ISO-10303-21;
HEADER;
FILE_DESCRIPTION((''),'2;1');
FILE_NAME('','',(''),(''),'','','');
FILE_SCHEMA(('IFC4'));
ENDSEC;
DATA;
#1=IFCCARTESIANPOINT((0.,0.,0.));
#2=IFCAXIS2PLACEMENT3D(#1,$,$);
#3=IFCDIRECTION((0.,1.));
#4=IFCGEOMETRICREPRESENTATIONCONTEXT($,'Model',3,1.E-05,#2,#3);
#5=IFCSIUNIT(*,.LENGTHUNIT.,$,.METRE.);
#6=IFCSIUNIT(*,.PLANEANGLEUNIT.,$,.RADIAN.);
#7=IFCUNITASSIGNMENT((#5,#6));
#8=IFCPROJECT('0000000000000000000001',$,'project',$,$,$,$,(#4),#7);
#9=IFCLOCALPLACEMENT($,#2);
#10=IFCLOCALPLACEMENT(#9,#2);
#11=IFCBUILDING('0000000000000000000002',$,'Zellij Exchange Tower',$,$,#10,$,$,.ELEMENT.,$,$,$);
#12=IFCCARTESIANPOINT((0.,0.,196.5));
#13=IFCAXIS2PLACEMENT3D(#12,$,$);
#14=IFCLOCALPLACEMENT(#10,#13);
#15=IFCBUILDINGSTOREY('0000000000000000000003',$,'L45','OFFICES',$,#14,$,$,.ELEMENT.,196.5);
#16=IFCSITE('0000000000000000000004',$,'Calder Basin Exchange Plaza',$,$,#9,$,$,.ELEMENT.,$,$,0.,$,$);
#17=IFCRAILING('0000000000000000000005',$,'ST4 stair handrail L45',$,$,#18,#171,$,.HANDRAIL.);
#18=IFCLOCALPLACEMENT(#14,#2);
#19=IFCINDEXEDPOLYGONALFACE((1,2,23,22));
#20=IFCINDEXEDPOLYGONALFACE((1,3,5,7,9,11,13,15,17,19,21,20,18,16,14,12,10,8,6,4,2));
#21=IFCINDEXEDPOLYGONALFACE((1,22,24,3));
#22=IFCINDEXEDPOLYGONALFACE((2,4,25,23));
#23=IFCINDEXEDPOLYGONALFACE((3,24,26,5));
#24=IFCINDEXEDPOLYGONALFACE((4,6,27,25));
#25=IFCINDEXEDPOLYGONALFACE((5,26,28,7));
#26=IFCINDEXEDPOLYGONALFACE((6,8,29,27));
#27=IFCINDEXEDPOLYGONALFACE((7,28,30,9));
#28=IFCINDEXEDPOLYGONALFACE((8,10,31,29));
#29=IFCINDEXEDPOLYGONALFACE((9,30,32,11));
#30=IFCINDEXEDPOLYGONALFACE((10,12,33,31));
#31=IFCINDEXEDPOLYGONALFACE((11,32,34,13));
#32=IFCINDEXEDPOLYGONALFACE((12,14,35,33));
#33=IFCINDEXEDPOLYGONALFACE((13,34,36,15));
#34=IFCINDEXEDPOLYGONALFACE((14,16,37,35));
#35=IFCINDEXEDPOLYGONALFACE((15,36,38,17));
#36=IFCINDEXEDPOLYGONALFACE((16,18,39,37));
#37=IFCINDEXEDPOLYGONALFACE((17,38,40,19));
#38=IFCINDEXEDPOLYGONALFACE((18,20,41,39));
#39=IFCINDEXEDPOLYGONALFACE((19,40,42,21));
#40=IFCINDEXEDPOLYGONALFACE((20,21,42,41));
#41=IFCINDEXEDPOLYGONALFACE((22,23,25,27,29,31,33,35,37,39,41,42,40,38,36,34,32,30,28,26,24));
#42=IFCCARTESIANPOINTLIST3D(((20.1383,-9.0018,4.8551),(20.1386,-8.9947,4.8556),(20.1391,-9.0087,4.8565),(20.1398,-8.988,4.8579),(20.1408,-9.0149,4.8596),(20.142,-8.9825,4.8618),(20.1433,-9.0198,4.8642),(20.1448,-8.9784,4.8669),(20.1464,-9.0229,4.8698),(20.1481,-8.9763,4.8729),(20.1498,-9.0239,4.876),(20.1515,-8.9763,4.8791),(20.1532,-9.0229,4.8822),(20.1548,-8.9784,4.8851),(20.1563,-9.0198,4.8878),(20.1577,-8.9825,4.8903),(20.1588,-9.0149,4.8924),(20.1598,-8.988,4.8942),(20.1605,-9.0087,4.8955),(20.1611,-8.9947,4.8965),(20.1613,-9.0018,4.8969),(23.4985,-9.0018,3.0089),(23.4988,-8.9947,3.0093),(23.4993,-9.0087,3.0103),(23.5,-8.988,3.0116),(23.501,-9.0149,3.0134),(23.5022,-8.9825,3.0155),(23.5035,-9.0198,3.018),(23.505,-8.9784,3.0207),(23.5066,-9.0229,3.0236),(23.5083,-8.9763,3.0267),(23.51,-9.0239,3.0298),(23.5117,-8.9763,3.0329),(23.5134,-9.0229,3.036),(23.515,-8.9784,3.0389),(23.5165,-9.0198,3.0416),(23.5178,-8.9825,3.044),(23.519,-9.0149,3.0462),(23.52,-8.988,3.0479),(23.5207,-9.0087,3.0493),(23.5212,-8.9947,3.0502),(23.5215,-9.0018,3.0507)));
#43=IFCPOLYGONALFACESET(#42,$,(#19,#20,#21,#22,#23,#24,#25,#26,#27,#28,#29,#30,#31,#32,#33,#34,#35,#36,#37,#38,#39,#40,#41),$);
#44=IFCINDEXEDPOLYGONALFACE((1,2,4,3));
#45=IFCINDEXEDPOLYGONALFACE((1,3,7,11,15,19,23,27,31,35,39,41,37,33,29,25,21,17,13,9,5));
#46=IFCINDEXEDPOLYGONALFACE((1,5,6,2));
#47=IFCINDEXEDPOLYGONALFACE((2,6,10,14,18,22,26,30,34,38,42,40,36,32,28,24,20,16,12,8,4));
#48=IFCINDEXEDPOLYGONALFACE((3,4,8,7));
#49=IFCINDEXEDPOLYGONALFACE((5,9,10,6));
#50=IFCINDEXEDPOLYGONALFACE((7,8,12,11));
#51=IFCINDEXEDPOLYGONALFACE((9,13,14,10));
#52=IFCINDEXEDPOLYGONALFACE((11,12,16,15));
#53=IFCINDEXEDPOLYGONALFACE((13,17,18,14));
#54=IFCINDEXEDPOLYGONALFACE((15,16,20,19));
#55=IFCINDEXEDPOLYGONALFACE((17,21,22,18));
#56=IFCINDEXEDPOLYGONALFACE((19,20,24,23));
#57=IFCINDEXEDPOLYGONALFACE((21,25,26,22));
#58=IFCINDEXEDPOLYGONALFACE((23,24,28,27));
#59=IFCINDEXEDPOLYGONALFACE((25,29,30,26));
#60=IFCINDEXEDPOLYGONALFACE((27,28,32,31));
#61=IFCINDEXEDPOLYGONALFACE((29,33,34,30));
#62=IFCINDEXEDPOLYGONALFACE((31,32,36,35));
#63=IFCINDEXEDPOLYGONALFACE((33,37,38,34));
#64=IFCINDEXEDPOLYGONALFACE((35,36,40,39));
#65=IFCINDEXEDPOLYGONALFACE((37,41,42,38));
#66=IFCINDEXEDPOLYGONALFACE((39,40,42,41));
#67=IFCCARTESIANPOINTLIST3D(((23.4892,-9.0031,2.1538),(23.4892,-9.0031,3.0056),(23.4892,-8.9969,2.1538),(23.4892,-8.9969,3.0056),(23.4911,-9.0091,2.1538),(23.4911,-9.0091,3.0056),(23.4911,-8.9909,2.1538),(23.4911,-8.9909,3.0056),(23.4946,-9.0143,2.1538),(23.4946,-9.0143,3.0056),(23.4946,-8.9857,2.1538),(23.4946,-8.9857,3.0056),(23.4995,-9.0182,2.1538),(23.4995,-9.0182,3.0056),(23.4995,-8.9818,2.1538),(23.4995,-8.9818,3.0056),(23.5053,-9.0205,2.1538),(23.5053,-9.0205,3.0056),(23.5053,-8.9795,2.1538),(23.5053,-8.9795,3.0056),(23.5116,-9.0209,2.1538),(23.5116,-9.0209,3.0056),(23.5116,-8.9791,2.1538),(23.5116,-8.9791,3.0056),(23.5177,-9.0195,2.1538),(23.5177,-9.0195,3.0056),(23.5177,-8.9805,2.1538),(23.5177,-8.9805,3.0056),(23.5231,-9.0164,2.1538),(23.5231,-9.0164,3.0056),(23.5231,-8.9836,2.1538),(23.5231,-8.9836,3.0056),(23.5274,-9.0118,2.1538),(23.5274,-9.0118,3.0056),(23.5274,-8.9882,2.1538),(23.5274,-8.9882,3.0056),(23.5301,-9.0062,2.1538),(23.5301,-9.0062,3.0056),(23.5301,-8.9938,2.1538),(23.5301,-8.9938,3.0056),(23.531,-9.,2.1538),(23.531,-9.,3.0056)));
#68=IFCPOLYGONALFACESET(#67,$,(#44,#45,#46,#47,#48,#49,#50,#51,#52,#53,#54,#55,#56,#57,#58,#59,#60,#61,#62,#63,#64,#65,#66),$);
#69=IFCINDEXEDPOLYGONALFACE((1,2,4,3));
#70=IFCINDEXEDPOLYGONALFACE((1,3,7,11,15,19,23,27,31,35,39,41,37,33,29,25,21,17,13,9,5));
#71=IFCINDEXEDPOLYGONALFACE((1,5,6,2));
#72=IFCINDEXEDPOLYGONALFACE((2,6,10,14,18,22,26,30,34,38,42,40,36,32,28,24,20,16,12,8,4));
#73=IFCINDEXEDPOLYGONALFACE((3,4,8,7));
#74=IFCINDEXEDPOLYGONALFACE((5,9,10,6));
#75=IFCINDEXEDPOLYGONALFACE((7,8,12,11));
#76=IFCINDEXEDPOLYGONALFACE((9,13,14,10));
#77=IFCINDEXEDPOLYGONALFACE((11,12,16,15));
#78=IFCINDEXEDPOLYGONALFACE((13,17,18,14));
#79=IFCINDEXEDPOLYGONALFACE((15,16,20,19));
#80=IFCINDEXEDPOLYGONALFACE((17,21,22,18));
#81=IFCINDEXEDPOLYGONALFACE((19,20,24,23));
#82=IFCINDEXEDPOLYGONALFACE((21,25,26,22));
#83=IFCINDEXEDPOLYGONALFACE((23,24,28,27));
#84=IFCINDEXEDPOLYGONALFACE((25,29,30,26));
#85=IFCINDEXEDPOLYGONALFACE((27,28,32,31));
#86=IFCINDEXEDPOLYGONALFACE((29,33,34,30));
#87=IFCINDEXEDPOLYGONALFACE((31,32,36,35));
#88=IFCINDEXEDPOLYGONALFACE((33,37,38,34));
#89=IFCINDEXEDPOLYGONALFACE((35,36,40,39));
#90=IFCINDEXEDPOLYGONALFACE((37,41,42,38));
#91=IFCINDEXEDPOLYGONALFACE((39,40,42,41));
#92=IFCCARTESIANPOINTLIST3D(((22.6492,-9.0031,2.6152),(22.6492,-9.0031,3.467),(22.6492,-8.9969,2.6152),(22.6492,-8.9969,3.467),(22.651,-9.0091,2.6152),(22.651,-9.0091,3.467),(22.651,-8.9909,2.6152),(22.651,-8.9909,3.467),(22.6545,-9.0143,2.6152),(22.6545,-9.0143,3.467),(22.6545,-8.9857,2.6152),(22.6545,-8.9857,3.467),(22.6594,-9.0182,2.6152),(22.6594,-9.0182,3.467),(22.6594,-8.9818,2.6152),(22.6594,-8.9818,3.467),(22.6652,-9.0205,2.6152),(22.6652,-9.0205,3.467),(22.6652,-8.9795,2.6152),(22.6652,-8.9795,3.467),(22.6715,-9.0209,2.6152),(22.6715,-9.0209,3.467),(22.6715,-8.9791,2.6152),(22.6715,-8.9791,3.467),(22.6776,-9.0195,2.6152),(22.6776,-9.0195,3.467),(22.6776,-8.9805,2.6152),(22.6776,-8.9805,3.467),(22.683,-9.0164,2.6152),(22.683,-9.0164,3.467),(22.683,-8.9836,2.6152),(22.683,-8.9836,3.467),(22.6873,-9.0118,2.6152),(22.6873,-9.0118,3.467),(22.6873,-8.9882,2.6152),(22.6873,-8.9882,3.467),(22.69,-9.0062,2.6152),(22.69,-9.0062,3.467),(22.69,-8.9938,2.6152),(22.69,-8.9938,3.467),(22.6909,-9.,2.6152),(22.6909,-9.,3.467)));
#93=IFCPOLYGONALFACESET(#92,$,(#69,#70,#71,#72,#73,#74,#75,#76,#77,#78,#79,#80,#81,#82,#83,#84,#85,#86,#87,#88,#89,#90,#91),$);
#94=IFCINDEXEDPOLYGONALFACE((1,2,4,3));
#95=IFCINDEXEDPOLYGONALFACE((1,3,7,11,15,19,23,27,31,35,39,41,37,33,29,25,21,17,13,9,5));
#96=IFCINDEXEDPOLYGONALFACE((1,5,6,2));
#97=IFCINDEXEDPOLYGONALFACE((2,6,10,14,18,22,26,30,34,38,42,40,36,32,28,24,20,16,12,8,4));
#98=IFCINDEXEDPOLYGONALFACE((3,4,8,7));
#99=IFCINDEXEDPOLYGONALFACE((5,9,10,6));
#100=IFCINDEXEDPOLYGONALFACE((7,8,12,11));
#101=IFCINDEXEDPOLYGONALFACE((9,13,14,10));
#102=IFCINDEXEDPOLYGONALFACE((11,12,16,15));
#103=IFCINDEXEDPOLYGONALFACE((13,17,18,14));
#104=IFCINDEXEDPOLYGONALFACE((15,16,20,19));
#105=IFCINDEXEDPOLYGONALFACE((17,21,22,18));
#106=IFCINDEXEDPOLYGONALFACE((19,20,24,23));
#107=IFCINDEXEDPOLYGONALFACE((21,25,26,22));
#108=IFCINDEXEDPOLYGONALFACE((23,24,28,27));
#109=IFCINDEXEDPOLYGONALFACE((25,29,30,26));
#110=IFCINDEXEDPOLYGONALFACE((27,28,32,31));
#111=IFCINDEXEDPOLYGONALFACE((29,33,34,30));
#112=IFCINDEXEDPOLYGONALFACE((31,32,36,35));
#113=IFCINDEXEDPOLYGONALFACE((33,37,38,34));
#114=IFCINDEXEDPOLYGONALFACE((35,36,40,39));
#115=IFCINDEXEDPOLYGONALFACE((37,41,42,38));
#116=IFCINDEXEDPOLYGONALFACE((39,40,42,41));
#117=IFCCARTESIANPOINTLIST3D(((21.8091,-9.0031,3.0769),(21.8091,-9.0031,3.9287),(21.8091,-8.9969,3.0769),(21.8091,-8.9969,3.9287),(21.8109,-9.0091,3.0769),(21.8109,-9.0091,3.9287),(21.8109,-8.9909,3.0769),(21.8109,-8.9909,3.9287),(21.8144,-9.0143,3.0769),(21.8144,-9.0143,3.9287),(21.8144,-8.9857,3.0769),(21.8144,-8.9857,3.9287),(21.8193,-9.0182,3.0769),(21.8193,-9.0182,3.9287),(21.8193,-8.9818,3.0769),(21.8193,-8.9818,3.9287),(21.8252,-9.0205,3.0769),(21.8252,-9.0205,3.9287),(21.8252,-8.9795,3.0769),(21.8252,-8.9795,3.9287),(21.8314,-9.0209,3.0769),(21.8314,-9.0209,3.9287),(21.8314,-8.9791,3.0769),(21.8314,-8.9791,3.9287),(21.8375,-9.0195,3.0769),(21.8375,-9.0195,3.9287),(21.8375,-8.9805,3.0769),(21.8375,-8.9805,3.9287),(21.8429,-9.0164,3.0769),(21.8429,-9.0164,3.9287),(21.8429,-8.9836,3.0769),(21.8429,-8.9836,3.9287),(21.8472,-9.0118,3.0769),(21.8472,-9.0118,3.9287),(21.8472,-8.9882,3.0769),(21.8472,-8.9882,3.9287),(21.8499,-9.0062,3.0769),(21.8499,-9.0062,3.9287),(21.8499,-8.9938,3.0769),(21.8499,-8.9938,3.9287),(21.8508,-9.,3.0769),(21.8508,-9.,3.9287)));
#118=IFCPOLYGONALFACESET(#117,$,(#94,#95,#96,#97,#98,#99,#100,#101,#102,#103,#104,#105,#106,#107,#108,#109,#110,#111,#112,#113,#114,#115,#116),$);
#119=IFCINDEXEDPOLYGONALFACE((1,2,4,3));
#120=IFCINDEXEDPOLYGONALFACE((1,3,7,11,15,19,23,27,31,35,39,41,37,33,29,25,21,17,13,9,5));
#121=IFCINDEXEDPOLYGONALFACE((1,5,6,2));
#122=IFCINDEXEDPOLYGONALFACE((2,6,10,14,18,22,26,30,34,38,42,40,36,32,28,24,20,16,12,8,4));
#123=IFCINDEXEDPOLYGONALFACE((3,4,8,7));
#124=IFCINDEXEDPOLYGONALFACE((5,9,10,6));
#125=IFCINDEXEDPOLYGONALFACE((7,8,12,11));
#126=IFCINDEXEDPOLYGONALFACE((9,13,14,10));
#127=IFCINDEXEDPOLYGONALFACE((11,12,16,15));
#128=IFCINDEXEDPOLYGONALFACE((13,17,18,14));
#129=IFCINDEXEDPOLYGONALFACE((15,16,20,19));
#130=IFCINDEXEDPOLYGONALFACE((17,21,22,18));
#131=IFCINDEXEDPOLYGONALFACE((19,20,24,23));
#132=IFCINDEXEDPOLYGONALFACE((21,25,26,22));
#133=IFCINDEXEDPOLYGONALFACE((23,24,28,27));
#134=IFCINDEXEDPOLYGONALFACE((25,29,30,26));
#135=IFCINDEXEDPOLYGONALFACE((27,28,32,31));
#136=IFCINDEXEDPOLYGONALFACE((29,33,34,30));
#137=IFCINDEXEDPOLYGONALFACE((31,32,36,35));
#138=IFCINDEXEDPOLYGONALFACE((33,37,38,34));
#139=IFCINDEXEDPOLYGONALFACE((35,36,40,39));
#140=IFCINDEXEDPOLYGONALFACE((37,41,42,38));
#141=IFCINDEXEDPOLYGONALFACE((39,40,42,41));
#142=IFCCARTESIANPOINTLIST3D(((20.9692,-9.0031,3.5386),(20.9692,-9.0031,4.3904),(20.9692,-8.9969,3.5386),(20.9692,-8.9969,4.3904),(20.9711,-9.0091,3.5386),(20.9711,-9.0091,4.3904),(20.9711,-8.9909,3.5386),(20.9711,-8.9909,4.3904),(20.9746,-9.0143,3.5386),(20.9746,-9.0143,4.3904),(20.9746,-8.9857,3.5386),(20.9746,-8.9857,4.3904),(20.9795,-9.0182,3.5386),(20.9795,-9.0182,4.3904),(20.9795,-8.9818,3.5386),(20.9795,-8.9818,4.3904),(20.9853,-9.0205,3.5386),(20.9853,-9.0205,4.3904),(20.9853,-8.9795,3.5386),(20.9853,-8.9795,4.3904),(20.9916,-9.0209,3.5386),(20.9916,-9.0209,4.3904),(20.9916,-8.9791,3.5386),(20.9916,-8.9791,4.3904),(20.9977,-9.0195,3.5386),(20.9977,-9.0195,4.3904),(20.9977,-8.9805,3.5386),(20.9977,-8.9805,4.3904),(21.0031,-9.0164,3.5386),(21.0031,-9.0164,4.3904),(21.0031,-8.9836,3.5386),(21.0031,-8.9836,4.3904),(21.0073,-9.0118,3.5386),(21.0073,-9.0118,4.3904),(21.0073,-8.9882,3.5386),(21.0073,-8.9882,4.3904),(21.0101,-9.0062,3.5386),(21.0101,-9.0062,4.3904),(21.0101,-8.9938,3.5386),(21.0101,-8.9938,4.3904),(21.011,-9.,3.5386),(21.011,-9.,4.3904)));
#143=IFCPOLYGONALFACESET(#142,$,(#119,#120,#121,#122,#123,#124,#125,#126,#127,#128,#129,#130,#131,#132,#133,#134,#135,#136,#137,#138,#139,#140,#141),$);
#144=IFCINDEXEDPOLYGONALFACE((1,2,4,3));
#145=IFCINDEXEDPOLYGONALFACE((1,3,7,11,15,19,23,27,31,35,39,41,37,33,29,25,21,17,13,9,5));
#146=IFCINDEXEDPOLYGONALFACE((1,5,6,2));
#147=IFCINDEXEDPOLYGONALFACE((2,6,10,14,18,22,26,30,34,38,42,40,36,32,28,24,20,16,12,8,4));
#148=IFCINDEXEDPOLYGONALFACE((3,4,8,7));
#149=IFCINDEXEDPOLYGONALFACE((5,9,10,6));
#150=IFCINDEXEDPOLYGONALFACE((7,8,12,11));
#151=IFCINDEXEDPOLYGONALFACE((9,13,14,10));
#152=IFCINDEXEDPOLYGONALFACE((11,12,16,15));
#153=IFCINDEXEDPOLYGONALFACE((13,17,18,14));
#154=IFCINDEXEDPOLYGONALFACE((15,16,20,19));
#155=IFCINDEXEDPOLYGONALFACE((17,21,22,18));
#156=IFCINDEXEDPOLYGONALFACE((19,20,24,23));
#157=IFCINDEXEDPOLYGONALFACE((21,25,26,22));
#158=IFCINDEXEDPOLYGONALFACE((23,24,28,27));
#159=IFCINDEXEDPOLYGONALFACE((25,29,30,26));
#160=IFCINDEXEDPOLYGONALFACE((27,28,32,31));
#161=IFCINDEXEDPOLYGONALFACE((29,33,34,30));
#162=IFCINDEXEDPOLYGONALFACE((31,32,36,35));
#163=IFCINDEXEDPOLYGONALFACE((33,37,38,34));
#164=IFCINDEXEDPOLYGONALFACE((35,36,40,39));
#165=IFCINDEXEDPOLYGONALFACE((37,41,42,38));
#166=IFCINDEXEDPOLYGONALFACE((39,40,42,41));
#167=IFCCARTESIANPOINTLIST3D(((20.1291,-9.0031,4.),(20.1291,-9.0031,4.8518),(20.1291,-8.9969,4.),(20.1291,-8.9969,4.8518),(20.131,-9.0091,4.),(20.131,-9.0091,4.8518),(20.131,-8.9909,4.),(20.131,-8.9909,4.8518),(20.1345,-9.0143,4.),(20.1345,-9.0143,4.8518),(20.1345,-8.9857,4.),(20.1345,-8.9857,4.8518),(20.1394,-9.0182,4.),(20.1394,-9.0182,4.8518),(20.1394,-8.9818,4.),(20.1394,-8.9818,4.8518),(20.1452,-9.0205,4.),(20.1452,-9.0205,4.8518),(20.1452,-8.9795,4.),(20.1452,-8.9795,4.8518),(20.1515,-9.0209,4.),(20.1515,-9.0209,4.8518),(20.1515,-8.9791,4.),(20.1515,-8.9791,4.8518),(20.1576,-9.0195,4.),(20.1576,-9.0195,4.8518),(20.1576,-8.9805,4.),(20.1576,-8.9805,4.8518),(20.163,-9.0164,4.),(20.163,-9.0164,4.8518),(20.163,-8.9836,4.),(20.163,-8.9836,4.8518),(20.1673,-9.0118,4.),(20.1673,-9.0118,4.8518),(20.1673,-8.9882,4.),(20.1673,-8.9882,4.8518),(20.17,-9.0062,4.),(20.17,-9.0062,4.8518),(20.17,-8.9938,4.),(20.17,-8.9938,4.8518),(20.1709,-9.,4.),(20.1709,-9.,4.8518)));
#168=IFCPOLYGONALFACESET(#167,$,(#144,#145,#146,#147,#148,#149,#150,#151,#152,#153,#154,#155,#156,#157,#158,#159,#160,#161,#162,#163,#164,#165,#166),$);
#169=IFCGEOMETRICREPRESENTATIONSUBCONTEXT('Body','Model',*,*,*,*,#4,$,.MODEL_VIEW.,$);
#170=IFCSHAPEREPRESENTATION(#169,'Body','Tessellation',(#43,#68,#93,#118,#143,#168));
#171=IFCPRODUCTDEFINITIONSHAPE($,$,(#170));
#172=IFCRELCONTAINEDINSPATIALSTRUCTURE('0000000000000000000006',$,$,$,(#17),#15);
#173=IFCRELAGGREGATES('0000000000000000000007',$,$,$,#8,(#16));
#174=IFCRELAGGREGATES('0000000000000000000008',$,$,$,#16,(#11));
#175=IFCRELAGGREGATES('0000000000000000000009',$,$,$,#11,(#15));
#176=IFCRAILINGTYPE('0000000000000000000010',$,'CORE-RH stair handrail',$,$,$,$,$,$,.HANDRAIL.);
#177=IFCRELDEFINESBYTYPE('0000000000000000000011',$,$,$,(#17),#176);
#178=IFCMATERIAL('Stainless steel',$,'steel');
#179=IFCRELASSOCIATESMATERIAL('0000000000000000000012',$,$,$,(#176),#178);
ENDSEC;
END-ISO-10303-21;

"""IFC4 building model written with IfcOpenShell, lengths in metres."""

from ifc_helpers import new_model, si_unit, direction, frame, origin, origin_2d, place, context, subcontext, project, spatial, circle, extrude, material, type_object, element, save


model = new_model("IFC4")

# Units and contexts
model_context = context("Model", 3, precision=1e-05, world=origin(), true_north=direction((0.0, 1.0)))
body_context = subcontext(model_context, "Body", "Model", "MODEL_VIEW")
ifc_project = project(units=[si_unit("LENGTHUNIT", "METRE"), si_unit("PLANEANGLEUNIT", "RADIAN")], contexts=[model_context])

# Site, building, storey
site_placement = place(None, origin())
site = spatial("IfcSite", under=ifc_project, at=site_placement, Name="Calder Basin Exchange Plaza", CompositionType="ELEMENT", RefElevation=0.0)
building_placement = place(site_placement, origin())
building = spatial("IfcBuilding", under=site, at=building_placement, Name="Zellij Exchange Tower", CompositionType="ELEMENT")
storey_placement = place(building_placement, frame((0.0, 0.0, 196.5)))
storey = spatial("IfcBuildingStorey", under=building, at=storey_placement, Name="L45", Description="OFFICES", CompositionType="ELEMENT", Elevation=196.5)

# Railing
ifc_material_1 = material(Name="Stainless steel", Category="steel")
railing_type_1 = type_object("IfcRailingType", Name="CORE-RH stair handrail", PredefinedType="HANDRAIL", material=ifc_material_1)
railing_1_placement = place(storey_placement, frame((23.51, -9.0, 2.1538)))
element("IfcRailing", 1, at=railing_1_placement, inside=storey, type_object=railing_type_1, Name="ST4 stair handrail L45", PredefinedType="HANDRAIL", context=body_context, shape_type="SweptSolid", body=[
    extrude(circle(Radius=0.0239, at=origin_2d()), frame((0.0, 0.0, 0.876), z_axis=(-0.876422, 0.0, 0.481545), x_axis=(0.0, -1.0, 0.0)), (0.0, 0.0, 1.0), 3.834),
    extrude(circle(Radius=0.021, at=origin_2d()), origin(), (0.0, 0.0, 1.0), 0.8518),
    extrude(circle(Radius=0.021, at=origin_2d()), frame((-0.8401, 0.0, 0.4614)), (0.0, 0.0, 1.0), 0.8518),
    extrude(circle(Radius=0.021, at=origin_2d()), frame((-1.6802, 0.0, 0.9231)), (0.0, 0.0, 1.0), 0.8518),
    extrude(circle(Radius=0.021, at=origin_2d()), frame((-2.52, 0.0, 1.3848)), (0.0, 0.0, 1.0), 0.8518),
    extrude(circle(Radius=0.021, at=origin_2d()), frame((-3.3601, 0.0, 1.8462)), (0.0, 0.0, 1.0), 0.8518),
])

save(model, "model.ifc")
